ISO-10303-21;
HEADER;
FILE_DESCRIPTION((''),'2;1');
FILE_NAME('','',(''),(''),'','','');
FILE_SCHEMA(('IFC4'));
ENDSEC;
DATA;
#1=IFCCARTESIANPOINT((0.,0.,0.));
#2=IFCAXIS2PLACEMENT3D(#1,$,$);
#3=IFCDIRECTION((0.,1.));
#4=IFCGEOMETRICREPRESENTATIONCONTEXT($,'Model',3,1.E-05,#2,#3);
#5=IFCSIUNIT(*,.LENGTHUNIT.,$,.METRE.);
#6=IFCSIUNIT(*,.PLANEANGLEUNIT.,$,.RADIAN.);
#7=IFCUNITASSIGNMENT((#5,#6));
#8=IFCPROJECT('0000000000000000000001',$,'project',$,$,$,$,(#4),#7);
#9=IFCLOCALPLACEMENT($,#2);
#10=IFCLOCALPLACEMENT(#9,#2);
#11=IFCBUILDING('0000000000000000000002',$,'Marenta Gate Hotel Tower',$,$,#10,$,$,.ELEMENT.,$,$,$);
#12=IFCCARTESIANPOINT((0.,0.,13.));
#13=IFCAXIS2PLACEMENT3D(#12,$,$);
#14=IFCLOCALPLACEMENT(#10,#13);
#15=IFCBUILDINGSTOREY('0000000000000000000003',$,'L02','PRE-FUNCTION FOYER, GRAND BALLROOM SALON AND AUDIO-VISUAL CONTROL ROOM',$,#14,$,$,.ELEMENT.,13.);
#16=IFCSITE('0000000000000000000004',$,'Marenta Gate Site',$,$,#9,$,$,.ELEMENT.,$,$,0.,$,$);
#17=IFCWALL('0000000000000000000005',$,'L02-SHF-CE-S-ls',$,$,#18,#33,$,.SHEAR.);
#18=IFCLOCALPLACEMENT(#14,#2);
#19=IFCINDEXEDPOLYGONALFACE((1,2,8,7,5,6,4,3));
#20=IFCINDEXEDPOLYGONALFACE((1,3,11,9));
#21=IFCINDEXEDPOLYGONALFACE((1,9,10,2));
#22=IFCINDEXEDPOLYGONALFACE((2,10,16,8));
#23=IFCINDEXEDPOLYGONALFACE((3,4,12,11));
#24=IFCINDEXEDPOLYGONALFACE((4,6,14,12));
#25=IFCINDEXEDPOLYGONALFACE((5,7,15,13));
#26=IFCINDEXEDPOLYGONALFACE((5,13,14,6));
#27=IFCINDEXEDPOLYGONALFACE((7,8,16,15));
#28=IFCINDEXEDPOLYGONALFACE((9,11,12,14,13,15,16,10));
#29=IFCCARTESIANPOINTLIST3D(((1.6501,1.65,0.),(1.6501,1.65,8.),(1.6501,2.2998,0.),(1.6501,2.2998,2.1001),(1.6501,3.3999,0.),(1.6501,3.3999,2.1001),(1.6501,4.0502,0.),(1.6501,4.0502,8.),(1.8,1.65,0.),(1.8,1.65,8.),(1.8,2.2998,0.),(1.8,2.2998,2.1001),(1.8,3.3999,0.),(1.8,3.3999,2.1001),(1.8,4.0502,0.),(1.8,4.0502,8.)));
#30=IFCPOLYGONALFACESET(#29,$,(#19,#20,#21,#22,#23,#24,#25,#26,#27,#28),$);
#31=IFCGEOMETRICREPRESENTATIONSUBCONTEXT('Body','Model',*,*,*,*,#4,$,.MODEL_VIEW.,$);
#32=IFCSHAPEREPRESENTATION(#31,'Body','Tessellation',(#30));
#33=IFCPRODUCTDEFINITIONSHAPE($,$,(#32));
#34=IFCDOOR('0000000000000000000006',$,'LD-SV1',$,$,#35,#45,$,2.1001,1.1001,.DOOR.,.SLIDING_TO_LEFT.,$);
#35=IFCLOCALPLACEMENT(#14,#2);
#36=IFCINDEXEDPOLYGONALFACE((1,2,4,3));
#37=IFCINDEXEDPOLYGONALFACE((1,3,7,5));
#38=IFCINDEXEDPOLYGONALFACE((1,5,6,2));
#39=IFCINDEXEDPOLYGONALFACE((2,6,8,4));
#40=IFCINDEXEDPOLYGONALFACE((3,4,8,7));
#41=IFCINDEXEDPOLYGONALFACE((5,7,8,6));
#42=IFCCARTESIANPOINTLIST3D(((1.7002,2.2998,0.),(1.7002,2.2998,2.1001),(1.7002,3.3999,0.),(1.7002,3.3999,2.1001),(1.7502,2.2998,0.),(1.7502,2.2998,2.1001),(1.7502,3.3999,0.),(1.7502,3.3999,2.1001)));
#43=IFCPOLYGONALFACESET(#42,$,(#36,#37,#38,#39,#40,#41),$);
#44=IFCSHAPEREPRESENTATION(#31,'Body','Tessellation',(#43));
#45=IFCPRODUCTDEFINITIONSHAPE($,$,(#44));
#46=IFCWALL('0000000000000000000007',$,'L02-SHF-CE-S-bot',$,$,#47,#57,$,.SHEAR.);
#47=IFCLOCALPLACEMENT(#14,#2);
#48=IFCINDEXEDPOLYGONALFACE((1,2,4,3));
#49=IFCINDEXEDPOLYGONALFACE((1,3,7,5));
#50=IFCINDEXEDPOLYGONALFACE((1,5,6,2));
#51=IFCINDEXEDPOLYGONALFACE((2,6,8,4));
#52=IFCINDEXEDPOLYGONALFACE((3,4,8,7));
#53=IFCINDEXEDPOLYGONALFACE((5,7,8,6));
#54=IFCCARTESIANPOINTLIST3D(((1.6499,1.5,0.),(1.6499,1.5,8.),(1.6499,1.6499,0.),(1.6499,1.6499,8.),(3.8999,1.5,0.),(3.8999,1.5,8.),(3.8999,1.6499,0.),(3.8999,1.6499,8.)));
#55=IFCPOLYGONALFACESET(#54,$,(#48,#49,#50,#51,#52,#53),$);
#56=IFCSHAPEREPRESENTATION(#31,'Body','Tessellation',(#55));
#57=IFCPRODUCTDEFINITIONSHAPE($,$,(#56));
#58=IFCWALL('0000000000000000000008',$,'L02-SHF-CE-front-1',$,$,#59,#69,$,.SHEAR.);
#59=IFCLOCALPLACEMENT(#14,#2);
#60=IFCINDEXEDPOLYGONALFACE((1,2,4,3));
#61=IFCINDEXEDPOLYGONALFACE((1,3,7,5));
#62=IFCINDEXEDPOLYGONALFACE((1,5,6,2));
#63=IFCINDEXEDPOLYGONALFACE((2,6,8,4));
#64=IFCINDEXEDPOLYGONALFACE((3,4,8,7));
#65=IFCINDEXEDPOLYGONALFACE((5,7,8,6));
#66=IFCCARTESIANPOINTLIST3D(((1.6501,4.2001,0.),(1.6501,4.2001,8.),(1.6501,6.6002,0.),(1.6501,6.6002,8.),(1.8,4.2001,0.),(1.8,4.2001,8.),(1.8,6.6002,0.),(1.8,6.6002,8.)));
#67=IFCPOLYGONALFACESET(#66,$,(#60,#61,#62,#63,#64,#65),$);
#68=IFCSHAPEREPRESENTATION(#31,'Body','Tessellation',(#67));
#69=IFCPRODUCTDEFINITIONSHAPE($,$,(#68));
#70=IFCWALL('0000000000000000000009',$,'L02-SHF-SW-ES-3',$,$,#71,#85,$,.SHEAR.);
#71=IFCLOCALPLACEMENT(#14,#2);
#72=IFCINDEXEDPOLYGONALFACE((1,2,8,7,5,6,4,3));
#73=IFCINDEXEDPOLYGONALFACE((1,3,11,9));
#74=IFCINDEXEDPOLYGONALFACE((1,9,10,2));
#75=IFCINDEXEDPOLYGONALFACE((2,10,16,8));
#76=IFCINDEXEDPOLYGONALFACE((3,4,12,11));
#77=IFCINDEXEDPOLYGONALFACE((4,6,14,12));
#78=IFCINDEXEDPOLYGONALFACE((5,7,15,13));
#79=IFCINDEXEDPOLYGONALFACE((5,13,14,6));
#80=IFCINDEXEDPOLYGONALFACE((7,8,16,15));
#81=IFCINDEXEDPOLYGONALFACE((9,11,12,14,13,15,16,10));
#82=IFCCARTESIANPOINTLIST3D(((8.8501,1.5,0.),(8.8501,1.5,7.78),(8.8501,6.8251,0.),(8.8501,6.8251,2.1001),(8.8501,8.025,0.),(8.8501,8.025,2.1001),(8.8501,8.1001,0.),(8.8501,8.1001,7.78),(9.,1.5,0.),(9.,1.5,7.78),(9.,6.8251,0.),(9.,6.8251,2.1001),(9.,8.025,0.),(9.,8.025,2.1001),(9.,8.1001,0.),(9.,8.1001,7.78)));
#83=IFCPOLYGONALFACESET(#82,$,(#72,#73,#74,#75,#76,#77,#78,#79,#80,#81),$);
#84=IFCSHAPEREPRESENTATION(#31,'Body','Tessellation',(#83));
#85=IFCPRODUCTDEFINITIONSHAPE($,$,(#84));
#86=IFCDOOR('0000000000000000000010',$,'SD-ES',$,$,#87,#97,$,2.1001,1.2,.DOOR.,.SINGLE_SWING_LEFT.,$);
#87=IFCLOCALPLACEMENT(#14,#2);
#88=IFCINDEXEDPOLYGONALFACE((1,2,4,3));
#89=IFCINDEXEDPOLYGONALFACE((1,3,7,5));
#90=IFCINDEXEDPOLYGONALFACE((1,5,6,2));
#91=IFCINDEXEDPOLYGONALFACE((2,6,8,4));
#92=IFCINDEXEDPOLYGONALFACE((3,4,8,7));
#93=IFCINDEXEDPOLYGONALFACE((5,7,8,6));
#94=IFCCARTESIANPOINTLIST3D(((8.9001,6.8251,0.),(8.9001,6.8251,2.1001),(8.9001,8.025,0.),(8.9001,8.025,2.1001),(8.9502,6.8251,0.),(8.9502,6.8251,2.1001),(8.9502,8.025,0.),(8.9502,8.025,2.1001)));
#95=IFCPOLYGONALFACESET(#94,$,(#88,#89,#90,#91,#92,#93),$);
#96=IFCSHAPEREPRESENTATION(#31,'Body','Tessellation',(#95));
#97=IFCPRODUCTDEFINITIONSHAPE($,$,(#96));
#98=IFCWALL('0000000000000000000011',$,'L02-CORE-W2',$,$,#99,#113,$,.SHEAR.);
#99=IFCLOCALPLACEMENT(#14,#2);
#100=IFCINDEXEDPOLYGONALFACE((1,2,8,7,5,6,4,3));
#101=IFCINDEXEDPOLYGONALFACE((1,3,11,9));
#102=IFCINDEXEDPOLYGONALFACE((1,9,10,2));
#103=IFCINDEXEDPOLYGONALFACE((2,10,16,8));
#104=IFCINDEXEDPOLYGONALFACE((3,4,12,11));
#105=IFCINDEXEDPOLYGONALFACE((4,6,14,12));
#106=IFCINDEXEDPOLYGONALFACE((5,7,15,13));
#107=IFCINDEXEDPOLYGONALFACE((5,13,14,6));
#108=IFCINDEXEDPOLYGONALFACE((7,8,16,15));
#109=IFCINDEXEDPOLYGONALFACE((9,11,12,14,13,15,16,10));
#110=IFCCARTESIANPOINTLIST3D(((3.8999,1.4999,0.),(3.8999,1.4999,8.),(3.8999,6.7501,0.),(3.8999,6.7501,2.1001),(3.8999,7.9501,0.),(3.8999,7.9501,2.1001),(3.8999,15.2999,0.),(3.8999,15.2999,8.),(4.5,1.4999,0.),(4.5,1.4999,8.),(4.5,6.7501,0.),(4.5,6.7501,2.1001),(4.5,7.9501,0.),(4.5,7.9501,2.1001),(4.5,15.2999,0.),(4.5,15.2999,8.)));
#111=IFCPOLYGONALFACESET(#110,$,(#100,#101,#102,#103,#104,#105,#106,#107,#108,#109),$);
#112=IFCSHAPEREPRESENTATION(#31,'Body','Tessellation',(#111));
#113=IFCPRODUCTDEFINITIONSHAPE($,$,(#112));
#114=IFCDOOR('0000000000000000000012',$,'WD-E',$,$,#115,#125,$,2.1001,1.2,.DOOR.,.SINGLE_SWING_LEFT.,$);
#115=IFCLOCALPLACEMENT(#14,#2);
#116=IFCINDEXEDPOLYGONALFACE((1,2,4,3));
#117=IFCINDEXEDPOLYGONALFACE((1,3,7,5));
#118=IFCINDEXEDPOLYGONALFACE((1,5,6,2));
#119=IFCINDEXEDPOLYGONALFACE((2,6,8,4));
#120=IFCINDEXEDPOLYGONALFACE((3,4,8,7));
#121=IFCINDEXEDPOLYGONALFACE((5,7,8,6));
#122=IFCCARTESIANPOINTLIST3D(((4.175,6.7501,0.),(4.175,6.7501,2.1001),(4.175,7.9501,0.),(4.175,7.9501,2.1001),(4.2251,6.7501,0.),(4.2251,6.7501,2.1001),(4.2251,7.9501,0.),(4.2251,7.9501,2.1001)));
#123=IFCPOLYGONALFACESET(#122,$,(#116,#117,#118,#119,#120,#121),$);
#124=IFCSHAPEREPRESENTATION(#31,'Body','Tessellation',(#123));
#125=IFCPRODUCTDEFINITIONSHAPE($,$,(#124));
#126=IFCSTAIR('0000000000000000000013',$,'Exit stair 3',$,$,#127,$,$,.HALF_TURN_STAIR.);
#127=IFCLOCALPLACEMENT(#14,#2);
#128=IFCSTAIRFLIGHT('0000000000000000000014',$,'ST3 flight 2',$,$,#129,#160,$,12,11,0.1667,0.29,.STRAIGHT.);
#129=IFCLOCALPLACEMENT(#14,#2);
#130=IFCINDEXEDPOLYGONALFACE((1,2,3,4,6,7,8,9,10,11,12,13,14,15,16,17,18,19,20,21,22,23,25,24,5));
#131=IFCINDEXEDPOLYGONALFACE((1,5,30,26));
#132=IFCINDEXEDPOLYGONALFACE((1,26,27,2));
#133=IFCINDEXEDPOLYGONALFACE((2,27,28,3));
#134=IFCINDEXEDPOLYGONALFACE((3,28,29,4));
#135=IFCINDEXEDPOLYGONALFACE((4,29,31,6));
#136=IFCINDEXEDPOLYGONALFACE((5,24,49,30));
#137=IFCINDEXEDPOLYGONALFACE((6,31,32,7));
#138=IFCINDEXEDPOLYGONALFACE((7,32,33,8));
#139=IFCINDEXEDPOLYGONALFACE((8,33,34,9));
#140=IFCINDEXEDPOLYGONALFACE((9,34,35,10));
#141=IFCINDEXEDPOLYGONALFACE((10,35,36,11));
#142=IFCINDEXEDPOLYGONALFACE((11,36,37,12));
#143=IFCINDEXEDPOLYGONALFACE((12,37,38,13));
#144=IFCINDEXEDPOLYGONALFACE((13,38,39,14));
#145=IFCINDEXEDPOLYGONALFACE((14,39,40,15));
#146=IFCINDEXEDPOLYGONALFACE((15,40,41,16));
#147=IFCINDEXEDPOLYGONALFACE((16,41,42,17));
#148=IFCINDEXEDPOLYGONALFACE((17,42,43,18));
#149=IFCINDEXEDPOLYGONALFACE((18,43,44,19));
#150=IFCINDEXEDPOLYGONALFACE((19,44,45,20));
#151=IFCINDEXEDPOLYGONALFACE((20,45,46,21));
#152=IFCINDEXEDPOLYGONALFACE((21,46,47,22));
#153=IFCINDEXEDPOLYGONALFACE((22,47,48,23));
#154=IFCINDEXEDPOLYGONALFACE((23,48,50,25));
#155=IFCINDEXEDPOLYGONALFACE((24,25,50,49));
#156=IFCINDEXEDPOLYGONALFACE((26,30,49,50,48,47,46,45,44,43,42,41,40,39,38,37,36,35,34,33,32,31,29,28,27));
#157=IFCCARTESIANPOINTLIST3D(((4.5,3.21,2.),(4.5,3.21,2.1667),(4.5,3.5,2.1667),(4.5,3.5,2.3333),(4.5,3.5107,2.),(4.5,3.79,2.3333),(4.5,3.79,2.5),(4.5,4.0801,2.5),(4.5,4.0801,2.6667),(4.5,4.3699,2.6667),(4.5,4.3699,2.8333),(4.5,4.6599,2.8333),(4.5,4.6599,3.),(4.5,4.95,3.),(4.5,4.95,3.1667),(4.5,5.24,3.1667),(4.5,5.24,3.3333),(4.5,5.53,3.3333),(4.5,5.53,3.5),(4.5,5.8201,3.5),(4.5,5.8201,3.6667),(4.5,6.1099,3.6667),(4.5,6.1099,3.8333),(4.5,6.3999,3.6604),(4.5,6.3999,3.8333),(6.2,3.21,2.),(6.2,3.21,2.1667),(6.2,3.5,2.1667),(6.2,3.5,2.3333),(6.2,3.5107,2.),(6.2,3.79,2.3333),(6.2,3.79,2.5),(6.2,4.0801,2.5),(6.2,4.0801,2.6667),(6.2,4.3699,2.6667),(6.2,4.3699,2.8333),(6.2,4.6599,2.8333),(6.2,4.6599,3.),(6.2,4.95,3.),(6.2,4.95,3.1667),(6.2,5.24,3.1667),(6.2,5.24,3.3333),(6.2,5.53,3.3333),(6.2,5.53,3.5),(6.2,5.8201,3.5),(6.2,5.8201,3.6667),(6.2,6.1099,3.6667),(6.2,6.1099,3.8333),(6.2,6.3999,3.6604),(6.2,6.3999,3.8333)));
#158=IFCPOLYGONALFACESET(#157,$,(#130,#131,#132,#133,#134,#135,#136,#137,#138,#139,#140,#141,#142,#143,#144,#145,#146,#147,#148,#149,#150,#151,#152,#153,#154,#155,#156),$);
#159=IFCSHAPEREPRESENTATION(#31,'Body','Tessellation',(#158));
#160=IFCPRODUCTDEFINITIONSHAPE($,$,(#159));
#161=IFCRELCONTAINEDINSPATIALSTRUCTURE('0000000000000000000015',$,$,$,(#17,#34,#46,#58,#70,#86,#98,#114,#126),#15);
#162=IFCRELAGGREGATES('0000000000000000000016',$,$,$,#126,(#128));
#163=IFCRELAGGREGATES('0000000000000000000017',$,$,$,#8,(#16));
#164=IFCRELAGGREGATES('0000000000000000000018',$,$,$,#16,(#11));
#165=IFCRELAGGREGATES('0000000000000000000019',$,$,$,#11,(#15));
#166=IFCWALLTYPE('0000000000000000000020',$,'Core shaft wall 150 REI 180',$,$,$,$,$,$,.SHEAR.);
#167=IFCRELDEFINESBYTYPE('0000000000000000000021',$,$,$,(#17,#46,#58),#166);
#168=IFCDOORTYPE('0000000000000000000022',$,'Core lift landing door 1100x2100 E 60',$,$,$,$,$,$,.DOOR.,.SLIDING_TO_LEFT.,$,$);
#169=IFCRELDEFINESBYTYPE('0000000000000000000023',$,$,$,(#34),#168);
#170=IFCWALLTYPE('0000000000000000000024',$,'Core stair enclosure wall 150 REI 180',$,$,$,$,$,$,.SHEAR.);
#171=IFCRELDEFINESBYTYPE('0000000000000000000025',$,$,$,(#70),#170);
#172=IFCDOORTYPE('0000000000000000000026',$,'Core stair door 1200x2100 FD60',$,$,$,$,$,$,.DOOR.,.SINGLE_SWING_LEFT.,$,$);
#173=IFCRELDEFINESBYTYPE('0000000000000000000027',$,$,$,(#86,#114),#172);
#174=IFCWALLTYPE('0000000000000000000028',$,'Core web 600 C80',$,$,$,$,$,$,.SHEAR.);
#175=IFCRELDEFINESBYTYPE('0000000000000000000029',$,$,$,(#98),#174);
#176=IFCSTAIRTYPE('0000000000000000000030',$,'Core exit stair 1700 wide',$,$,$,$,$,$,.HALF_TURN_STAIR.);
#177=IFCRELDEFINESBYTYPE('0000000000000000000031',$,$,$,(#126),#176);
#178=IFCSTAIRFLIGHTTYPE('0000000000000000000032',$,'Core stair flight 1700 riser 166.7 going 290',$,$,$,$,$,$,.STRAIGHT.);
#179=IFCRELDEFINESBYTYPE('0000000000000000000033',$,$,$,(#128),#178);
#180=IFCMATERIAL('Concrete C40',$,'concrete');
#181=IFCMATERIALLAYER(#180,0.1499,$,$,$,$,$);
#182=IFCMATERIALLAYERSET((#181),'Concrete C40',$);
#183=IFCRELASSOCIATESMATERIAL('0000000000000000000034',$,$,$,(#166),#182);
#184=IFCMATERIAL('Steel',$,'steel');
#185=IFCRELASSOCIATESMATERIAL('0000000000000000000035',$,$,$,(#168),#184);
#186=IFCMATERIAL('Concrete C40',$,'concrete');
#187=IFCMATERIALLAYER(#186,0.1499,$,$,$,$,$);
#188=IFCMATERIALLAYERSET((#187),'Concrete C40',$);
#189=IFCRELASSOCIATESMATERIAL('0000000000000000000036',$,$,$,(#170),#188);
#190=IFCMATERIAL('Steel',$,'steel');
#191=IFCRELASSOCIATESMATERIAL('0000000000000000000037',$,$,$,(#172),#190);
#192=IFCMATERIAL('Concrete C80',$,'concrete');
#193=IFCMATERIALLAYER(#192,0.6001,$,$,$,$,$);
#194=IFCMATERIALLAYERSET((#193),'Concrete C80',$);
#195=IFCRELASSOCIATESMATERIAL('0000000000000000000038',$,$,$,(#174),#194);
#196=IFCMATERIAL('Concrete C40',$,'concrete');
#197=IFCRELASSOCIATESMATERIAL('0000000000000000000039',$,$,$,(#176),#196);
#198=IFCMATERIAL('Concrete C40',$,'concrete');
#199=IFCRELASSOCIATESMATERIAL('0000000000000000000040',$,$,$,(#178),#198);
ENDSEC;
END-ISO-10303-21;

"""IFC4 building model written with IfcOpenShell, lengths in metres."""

from ifc_helpers import new_model, si_unit, direction, frame, frame_2d, origin, place, context, subcontext, project, spatial, polyline, rectangle, outline, extrude, material, layer, layer_set, type_object, element, fill, aggregate, save


model = new_model("IFC4")

# Units and contexts
model_context = context("Model", 3, precision=1e-05, world=origin(), true_north=direction((0.0, 1.0)))
body_context = subcontext(model_context, "Body", "Model", "MODEL_VIEW")
ifc_project = project(units=[si_unit("LENGTHUNIT", "METRE"), si_unit("PLANEANGLEUNIT", "RADIAN")], contexts=[model_context])

# Site, building, storey
site_placement = place(None, origin())
site = spatial("IfcSite", under=ifc_project, at=site_placement, Name="Marenta Gate Site", CompositionType="ELEMENT", RefElevation=0.0)
building_placement = place(site_placement, origin())
building = spatial("IfcBuilding", under=site, at=building_placement, Name="Marenta Gate Hotel Tower", CompositionType="ELEMENT")
storey_placement = place(building_placement, frame((0.0, 0.0, 13.0)))
storey = spatial("IfcBuildingStorey", under=building, at=storey_placement, Name="L02", Description="PRE-FUNCTION FOYER, GRAND BALLROOM SALON AND AUDIO-VISUAL CONTROL ROOM", CompositionType="ELEMENT", Elevation=13.0)

# Wall, opening, door
ifc_material_1 = material(Name="Concrete C40", Category="concrete")
ifc_layer_1 = layer(ifc_material_1, 0.1499)
ifc_layer_set_1 = layer_set([ifc_layer_1], Name="Concrete C40")
wall_type_1 = type_object("IfcWallType", Name="Core shaft wall 150 REI 180", PredefinedType="SHEAR", material=ifc_layer_set_1)
wall_1_placement = place(storey_placement, frame((1.7251, 1.6499, 0.0), z_axis=(0.0, 0.0, 1.0), x_axis=(0.0, 1.0, 0.0)))
wall_1 = element("IfcWall", 1, at=wall_1_placement, inside=storey, type_object=wall_type_1, Name="L02-SHF-CE-S-ls", PredefinedType="SHEAR", context=body_context, shape_type="SweptSolid", body=[
    extrude(rectangle(XDim=2.4001, YDim=0.1499, at=frame_2d((1.2002, 0.0))), origin(), (0.0, 0.0, 1.0), 8.0),
])
opening_1_placement = place(wall_1_placement, frame((0.6499, 0.0, 0.0)))
opening_1 = element("IfcOpeningElement", 2, at=opening_1_placement, cuts=wall_1, PredefinedType="OPENING", context=body_context, shape_type="SweptSolid", body=[
    extrude(rectangle(XDim=1.1001, YDim=2.1001, at=frame_2d((0.55, 1.05))), frame((0.0, 0.075, 0.0), z_axis=(0.0, -1.0, 0.0), x_axis=(1.0, 0.0, 0.0)), (0.0, 0.0, 1.0), 0.1499),
])
ifc_material_2 = material(Name="Steel", Category="steel")
door_type_1 = type_object("IfcDoorType", Name="Core lift landing door 1100x2100 E 60", OperationType="SLIDING_TO_LEFT", PredefinedType="DOOR", material=ifc_material_2)
door_1_placement = place(opening_1_placement, origin())
door_1 = element("IfcDoor", 3, at=door_1_placement, inside=storey, type_object=door_type_1, Name="LD-SV1", OperationType="SLIDING_TO_LEFT", OverallHeight=2.1001, OverallWidth=1.1001, PredefinedType="DOOR", context=body_context, shape_type="SweptSolid", body=[
    extrude(rectangle(XDim=1.1001, YDim=2.1001, at=frame_2d((0.55, 1.05))), frame((0.0, 0.0249, 0.0), z_axis=(0.0, -1.0, 0.0), x_axis=(1.0, 0.0, 0.0)), (0.0, 0.0, 1.0), 0.05),
])
fill(opening_1, door_1)

# Walls
wall_2_placement = place(storey_placement, frame((1.6499, 1.575, 0.0), z_axis=(0.0, 0.0, 1.0), x_axis=(1.0, 0.0, 0.0)))
element("IfcWall", 4, at=wall_2_placement, inside=storey, type_object=wall_type_1, Name="L02-SHF-CE-S-bot", PredefinedType="SHEAR", context=body_context, shape_type="SweptSolid", body=[
    extrude(rectangle(XDim=2.25, YDim=0.1499, at=frame_2d((1.125, 0.0))), origin(), (0.0, 0.0, 1.0), 8.0),
])
wall_3_placement = place(storey_placement, frame((1.7251, 4.2, 0.0), z_axis=(0.0, 0.0, 1.0), x_axis=(0.0, 1.0, 0.0)))
element("IfcWall", 5, at=wall_3_placement, inside=storey, type_object=wall_type_1, Name="L02-SHF-CE-front-1", PredefinedType="SHEAR", context=body_context, shape_type="SweptSolid", body=[
    extrude(rectangle(XDim=2.4001, YDim=0.1499, at=frame_2d((1.2002, 0.0))), origin(), (0.0, 0.0, 1.0), 8.0),
])

# Walls, openings, doors
ifc_material_3 = material(Name="Concrete C40", Category="concrete")
ifc_layer_2 = layer(ifc_material_3, 0.1499)
ifc_layer_set_2 = layer_set([ifc_layer_2], Name="Concrete C40")
wall_type_2 = type_object("IfcWallType", Name="Core stair enclosure wall 150 REI 180", PredefinedType="SHEAR", material=ifc_layer_set_2)
wall_4_placement = place(storey_placement, frame((8.925, 1.5, 0.0), z_axis=(0.0, 0.0, 1.0), x_axis=(0.0, 1.0, 0.0)))
wall_4 = element("IfcWall", 6, at=wall_4_placement, inside=storey, type_object=wall_type_2, Name="L02-SHF-SW-ES-3", PredefinedType="SHEAR", context=body_context, shape_type="SweptSolid", body=[
    extrude(rectangle(XDim=6.6001, YDim=0.1499, at=frame_2d((3.3, 0.0))), origin(), (0.0, 0.0, 1.0), 7.78),
])
opening_2_placement = place(wall_4_placement, frame((5.325, 0.0, 0.0)))
opening_2 = element("IfcOpeningElement", 7, at=opening_2_placement, cuts=wall_4, PredefinedType="OPENING", context=body_context, shape_type="SweptSolid", body=[
    extrude(rectangle(XDim=1.2, YDim=2.1001, at=frame_2d((0.6001, 1.05))), frame((0.0, 0.075, 0.0), z_axis=(0.0, -1.0, 0.0), x_axis=(1.0, 0.0, 0.0)), (0.0, 0.0, 1.0), 0.1499),
])
ifc_material_4 = material(Name="Steel", Category="steel")
door_type_2 = type_object("IfcDoorType", Name="Core stair door 1200x2100 FD60", OperationType="SINGLE_SWING_LEFT", PredefinedType="DOOR", material=ifc_material_4)
door_2_placement = place(opening_2_placement, origin())
door_2 = element("IfcDoor", 8, at=door_2_placement, inside=storey, type_object=door_type_2, Name="SD-ES", OperationType="SINGLE_SWING_LEFT", OverallHeight=2.1001, OverallWidth=1.2, PredefinedType="DOOR", context=body_context, shape_type="SweptSolid", body=[
    extrude(rectangle(XDim=1.2, YDim=2.1001, at=frame_2d((0.6001, 1.05))), frame((0.0, 0.0249, 0.0), z_axis=(0.0, -1.0, 0.0), x_axis=(1.0, 0.0, 0.0)), (0.0, 0.0, 1.0), 0.05),
])
fill(opening_2, door_2)
ifc_material_5 = material(Name="Concrete C80", Category="concrete")
ifc_layer_3 = layer(ifc_material_5, 0.6001)
ifc_layer_set_3 = layer_set([ifc_layer_3], Name="Concrete C80")
wall_type_3 = type_object("IfcWallType", Name="Core web 600 C80", PredefinedType="SHEAR", material=ifc_layer_set_3)
wall_5_placement = place(storey_placement, frame((4.2, 1.5, 0.0), z_axis=(0.0, 0.0, 1.0), x_axis=(0.0, 1.0, 0.0)))
wall_5 = element("IfcWall", 9, at=wall_5_placement, inside=storey, type_object=wall_type_3, Name="L02-CORE-W2", PredefinedType="SHEAR", context=body_context, shape_type="SweptSolid", body=[
    extrude(rectangle(XDim=13.8, YDim=0.6001, at=frame_2d((6.8999, 0.0))), origin(), (0.0, 0.0, 1.0), 8.0),
])
opening_3_placement = place(wall_5_placement, frame((5.25, 0.0, 0.0)))
opening_3 = element("IfcOpeningElement", 10, at=opening_3_placement, cuts=wall_5, PredefinedType="OPENING", context=body_context, shape_type="SweptSolid", body=[
    extrude(rectangle(XDim=1.2, YDim=2.1001, at=frame_2d((0.6001, 1.05))), frame((0.0, 0.3, 0.0), z_axis=(0.0, -1.0, 0.0), x_axis=(1.0, 0.0, 0.0)), (0.0, 0.0, 1.0), 0.6001),
])
door_3_placement = place(opening_3_placement, origin())
door_3 = element("IfcDoor", 11, at=door_3_placement, inside=storey, type_object=door_type_2, Name="WD-E", OperationType="SINGLE_SWING_LEFT", OverallHeight=2.1001, OverallWidth=1.2, PredefinedType="DOOR", context=body_context, shape_type="SweptSolid", body=[
    extrude(rectangle(XDim=1.2, YDim=2.1001, at=frame_2d((0.6001, 1.05))), frame((0.0, 0.0249, 0.0), z_axis=(0.0, -1.0, 0.0), x_axis=(1.0, 0.0, 0.0)), (0.0, 0.0, 1.0), 0.05),
])
fill(opening_3, door_3)

# Stair, stair flight
ifc_material_6 = material(Name="Concrete C40", Category="concrete")
stair_type_1 = type_object("IfcStairType", Name="Core exit stair 1700 wide", PredefinedType="HALF_TURN_STAIR", material=ifc_material_6)
stair_1_placement = place(storey_placement, origin())
stair_1 = element("IfcStair", 12, at=stair_1_placement, inside=storey, type_object=stair_type_1, Name="Exit stair 3", PredefinedType="HALF_TURN_STAIR")
ifc_material_7 = material(Name="Concrete C40", Category="concrete")
stair_flight_type = type_object("IfcStairFlightType", Name="Core stair flight 1700 riser 166.7 going 290", PredefinedType="STRAIGHT", material=ifc_material_7)
stair_flight_1_placement = place(storey_placement, frame((5.3501, 3.21, 2.0), z_axis=(0.0, 0.0, 1.0), x_axis=(0.0, 1.0, 0.0)))
stair_flight_1 = element("IfcStairFlight", 13, at=stair_flight_1_placement, type_object=stair_flight_type, Name="ST3 flight 2", NumberOfRisers=12, NumberOfTreads=11, PredefinedType="STRAIGHT", RiserHeight=0.1667, TreadLength=0.29, context=body_context, shape_type="SweptSolid", body=[
    extrude(outline(polyline([(0.0, 0.0), (0.0, 0.1667), (0.29, 0.1667), (0.29, 0.3333), (0.5801, 0.3333), (0.5801, 0.5), (0.8701, 0.5), (0.8701, 0.6667), (1.1599, 0.6667), (1.1599, 0.8333), (1.45, 0.8333), (1.45, 1.0), (1.74, 1.0), (1.74, 1.1667), (2.03, 1.1667), (2.03, 1.3333), (2.3201, 1.3333), (2.3201, 1.5), (2.6101, 1.5), (2.6101, 1.6667), (2.8999, 1.6667), (2.8999, 1.8333), (3.1899, 1.8333), (3.1899, 2.0), (3.1899, 1.6604), (0.3008, 0.0), (0.0, 0.0)])), frame((0.0, 0.8501, 0.0), z_axis=(0.0, -1.0, 0.0), x_axis=(1.0, 0.0, 0.0)), (0.0, 0.0, 1.0), 1.7),
])
aggregate(stair_1, [stair_flight_1])

save(model, "model.ifc")
